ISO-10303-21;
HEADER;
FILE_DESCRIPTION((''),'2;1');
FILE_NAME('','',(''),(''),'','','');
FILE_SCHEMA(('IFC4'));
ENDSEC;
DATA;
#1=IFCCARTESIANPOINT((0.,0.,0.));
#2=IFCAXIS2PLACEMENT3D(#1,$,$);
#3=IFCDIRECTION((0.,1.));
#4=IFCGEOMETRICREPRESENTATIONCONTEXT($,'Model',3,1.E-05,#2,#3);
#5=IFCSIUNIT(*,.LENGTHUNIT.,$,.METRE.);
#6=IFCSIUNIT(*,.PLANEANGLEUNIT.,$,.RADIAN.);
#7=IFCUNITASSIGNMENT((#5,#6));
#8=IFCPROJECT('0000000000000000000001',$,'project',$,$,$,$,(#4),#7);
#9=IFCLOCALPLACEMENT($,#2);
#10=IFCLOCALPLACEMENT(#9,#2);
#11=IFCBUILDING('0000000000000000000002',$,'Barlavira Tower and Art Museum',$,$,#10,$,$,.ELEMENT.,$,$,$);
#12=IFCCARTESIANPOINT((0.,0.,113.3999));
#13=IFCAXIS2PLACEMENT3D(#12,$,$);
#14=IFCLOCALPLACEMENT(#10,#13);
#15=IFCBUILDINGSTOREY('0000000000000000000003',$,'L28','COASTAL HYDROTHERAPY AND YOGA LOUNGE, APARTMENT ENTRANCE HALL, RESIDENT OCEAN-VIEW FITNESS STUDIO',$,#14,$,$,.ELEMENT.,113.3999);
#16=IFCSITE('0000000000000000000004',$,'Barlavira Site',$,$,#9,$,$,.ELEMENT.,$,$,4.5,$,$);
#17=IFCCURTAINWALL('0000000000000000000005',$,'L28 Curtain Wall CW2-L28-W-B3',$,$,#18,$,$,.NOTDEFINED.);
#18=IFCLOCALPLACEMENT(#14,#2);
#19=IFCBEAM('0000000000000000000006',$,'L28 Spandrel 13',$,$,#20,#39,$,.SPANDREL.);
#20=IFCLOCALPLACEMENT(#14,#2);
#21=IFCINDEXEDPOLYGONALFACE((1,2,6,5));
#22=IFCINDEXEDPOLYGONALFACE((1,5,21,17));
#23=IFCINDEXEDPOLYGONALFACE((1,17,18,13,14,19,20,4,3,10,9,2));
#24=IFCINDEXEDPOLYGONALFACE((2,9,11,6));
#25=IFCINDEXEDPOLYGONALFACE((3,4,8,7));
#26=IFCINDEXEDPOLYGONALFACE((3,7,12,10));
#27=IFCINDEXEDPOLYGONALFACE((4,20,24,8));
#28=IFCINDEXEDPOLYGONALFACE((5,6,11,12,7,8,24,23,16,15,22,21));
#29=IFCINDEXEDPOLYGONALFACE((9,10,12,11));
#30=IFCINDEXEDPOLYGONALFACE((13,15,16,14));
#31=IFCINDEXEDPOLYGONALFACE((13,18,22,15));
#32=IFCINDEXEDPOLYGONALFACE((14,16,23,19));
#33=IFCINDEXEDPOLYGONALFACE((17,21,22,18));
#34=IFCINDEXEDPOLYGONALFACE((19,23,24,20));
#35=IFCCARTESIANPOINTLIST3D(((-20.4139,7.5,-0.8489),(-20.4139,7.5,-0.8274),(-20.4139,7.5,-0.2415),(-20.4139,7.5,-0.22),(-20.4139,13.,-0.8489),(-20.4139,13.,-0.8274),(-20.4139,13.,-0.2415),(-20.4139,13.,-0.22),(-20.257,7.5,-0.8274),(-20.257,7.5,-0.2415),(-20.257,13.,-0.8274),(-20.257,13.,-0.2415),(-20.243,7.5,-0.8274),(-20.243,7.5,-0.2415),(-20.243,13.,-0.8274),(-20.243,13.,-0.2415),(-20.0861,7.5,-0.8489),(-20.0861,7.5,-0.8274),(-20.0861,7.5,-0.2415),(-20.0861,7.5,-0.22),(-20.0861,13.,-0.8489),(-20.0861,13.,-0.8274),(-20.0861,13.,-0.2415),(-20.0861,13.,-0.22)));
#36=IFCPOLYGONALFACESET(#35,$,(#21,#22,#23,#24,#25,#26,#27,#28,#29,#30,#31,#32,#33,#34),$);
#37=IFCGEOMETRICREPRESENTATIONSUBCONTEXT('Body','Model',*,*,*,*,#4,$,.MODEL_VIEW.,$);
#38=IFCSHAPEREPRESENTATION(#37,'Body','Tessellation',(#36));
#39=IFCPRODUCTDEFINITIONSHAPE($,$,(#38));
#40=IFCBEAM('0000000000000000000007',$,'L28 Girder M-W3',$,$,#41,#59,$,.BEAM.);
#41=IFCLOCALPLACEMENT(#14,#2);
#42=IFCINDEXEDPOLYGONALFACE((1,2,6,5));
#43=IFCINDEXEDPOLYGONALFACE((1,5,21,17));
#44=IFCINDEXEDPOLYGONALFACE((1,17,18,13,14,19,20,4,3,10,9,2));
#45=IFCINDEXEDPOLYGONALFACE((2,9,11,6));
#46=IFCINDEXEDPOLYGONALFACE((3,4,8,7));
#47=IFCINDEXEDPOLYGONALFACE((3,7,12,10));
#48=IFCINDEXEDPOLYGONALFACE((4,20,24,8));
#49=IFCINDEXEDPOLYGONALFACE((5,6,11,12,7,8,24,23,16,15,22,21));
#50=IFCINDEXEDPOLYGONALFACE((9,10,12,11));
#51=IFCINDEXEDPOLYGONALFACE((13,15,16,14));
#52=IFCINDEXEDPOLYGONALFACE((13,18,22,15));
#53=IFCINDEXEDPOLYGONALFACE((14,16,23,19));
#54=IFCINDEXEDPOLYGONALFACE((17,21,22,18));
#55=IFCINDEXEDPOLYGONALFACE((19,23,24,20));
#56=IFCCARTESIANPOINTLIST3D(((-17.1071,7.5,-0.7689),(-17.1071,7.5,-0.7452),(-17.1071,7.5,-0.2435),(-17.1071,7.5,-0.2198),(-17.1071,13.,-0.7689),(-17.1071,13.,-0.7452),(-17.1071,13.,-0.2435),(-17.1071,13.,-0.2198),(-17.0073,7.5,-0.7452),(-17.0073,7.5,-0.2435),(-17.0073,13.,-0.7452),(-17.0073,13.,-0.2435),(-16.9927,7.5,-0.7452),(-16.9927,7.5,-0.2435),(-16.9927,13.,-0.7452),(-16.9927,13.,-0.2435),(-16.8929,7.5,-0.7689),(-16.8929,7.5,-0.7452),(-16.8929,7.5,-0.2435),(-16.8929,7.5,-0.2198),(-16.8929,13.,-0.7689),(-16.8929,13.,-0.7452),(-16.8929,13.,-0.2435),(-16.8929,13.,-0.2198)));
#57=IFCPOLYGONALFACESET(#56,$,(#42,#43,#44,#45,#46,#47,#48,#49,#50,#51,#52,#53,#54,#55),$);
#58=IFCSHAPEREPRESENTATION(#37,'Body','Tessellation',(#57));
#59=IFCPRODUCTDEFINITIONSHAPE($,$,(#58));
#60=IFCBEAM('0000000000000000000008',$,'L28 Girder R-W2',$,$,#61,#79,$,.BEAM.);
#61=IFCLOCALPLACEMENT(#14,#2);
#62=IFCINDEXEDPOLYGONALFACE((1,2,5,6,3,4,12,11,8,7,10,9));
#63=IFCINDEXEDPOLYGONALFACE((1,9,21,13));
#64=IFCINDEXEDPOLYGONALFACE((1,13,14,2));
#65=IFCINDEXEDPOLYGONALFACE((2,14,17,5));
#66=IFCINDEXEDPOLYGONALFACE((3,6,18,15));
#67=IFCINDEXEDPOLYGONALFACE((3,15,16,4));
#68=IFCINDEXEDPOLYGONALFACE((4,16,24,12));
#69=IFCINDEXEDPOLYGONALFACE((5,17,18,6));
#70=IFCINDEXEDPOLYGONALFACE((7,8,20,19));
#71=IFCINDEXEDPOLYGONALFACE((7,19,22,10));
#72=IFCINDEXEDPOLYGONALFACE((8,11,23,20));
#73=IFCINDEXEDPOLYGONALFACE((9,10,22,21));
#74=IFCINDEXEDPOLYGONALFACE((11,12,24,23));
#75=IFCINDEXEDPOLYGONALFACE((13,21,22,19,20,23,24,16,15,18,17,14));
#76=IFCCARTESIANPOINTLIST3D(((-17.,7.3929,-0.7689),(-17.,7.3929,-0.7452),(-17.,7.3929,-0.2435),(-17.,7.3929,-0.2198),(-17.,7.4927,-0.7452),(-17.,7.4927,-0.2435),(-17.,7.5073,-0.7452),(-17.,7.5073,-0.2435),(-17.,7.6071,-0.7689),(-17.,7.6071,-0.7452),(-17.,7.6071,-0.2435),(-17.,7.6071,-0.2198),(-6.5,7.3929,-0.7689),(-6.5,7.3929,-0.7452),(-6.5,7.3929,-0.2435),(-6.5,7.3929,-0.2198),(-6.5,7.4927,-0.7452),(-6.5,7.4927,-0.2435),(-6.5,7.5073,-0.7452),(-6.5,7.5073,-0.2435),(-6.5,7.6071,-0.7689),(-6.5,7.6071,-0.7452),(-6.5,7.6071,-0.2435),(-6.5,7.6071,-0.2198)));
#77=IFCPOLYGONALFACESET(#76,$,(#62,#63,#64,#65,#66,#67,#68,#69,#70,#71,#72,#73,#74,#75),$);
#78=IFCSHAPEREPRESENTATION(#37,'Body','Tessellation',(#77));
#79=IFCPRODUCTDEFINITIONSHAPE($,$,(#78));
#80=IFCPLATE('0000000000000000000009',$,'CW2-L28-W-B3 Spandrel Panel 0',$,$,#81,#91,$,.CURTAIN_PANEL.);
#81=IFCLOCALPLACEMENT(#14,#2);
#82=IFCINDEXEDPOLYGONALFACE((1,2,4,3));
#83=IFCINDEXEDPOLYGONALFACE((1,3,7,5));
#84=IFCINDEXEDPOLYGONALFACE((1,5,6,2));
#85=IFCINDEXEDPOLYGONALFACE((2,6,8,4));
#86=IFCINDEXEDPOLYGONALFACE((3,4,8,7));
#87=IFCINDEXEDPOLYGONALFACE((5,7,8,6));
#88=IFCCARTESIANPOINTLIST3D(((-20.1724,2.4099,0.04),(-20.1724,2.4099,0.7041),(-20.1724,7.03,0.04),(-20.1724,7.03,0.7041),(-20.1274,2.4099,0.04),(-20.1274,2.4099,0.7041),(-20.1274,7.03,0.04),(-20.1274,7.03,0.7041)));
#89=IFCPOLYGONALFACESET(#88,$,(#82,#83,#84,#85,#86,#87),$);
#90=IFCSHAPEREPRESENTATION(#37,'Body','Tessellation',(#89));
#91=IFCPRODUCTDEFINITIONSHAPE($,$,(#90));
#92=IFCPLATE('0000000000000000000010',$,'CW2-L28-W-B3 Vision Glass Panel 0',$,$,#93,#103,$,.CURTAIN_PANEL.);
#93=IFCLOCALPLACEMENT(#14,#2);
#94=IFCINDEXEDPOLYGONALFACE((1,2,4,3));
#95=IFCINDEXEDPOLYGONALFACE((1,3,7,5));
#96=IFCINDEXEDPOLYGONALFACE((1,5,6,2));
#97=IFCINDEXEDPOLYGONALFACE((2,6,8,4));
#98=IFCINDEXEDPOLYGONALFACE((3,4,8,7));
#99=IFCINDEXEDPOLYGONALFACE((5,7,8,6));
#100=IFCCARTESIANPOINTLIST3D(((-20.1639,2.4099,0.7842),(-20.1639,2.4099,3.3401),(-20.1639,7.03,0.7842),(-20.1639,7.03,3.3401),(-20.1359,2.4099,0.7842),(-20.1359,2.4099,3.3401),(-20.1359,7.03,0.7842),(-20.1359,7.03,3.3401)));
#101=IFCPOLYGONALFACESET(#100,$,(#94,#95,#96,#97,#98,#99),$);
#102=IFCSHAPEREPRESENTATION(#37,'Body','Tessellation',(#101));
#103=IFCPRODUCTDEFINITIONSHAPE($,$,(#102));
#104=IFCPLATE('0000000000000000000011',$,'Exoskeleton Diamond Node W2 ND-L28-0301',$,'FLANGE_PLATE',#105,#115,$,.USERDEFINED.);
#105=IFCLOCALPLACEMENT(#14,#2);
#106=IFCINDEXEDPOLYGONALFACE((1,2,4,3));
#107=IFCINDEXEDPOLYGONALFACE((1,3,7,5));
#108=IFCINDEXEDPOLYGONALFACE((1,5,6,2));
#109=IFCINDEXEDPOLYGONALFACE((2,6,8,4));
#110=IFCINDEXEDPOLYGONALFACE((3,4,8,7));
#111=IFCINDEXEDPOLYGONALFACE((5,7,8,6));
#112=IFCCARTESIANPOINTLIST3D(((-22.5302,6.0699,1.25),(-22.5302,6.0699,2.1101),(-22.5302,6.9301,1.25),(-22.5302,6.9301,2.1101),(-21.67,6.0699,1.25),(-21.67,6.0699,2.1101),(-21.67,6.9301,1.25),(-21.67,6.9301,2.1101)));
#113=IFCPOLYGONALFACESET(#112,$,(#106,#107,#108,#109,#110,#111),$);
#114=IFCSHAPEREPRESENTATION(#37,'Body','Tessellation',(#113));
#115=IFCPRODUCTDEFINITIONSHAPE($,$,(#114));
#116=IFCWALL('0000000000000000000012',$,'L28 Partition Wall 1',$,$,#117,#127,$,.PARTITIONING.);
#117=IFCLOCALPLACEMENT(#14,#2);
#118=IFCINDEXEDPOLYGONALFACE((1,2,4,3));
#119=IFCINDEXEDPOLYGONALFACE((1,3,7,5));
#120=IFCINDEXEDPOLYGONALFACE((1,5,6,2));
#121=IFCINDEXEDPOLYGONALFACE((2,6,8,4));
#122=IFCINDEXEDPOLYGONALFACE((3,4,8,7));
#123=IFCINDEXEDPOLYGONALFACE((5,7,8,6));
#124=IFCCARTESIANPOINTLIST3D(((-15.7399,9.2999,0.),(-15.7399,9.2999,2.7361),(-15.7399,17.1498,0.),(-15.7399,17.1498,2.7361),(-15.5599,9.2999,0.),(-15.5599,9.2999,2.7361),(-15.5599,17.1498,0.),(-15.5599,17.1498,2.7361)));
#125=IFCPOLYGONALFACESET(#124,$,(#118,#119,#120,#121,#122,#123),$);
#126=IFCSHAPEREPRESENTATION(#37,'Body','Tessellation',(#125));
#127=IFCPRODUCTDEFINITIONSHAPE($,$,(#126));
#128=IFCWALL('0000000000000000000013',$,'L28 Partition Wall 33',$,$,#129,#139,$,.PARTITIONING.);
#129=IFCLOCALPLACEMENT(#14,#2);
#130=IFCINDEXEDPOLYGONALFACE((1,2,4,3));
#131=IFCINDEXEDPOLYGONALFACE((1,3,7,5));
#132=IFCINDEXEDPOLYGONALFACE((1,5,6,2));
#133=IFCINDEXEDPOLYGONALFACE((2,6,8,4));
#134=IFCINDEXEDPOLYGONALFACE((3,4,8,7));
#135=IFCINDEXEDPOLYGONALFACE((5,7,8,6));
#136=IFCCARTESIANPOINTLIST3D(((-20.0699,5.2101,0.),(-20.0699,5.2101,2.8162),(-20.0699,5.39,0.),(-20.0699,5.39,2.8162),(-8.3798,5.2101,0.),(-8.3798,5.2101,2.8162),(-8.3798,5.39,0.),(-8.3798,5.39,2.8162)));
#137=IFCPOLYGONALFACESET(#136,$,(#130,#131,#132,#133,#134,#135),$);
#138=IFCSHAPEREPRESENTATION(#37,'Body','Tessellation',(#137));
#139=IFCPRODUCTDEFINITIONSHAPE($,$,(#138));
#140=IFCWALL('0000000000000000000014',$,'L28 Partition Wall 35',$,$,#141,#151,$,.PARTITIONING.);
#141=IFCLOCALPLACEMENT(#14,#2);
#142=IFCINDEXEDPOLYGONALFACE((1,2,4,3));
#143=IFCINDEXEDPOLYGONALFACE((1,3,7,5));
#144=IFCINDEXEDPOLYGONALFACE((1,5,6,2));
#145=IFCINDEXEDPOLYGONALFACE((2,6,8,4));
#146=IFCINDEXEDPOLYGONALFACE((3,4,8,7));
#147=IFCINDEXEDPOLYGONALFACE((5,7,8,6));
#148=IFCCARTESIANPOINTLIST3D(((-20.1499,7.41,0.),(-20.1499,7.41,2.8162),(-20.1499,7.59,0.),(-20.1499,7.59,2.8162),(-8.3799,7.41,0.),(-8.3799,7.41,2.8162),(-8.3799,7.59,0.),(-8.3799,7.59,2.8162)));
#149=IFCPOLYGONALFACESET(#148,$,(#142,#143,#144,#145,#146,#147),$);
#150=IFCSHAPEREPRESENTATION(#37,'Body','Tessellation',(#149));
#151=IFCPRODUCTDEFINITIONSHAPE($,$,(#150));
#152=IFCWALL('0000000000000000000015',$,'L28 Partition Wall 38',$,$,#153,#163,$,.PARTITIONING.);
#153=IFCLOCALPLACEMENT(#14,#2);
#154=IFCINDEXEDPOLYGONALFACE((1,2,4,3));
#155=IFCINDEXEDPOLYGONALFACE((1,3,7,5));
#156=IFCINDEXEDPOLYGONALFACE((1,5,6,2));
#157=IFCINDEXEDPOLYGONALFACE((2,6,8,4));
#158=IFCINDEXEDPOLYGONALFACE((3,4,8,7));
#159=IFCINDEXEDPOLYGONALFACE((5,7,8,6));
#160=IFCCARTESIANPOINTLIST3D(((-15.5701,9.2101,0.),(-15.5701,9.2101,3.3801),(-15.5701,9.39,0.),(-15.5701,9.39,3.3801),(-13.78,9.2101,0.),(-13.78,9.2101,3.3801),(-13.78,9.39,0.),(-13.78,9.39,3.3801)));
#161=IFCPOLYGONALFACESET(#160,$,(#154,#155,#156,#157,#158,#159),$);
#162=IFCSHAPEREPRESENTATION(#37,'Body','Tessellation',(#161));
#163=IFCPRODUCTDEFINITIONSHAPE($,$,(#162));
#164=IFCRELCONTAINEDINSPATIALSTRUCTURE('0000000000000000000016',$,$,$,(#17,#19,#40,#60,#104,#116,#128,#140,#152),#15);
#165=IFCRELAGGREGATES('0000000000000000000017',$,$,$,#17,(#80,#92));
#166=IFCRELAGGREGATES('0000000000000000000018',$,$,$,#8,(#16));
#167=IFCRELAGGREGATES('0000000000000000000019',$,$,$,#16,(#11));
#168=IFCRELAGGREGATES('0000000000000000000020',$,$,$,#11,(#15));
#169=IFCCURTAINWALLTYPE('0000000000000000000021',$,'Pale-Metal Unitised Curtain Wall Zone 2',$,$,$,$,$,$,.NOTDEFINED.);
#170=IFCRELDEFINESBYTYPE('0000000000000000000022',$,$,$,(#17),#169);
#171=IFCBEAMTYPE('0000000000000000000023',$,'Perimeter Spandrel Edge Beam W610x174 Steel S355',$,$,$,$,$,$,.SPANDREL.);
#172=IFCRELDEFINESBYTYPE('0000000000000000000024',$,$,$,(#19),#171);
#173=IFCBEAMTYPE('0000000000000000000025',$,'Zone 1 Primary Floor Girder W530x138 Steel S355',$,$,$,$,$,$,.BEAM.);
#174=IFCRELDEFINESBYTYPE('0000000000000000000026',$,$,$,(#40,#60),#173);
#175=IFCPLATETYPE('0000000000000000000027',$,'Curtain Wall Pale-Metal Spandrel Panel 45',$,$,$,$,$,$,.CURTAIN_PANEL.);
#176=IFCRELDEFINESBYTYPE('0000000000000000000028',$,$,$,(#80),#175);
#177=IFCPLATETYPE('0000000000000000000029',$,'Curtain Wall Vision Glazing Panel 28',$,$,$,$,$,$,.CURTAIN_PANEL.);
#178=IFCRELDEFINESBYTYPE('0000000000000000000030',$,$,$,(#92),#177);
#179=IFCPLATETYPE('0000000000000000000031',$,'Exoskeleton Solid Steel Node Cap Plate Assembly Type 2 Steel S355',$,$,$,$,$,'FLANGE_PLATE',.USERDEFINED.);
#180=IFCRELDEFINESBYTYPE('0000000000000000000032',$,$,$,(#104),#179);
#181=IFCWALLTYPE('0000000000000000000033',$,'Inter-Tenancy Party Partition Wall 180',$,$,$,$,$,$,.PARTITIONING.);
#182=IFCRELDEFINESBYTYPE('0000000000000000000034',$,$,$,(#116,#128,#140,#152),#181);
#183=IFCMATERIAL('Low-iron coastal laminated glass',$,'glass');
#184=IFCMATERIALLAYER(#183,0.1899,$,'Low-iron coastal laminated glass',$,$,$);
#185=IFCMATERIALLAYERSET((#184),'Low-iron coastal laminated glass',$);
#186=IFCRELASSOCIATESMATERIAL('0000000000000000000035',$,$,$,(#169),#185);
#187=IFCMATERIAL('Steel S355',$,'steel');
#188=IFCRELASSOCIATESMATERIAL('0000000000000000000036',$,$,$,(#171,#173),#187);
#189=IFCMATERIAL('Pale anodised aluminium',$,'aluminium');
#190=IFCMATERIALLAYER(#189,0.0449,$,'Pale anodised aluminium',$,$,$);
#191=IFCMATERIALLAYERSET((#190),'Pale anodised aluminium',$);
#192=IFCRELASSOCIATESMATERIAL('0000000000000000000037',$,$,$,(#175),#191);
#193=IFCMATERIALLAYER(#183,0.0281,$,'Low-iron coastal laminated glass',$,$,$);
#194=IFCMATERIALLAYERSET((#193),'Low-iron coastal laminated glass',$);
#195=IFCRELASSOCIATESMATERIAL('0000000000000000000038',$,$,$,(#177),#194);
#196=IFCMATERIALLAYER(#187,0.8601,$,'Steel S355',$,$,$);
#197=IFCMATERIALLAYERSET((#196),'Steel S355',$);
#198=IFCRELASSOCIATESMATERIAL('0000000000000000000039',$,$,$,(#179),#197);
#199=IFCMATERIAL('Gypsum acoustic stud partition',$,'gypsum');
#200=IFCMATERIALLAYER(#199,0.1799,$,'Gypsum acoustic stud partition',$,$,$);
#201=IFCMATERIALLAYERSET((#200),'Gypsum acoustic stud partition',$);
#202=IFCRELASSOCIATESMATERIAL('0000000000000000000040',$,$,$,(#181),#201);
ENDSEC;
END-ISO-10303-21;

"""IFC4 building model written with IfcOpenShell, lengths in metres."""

from ifc_helpers import new_model, si_unit, direction, frame, frame_2d, origin, origin_2d, place, context, subcontext, project, spatial, rectangle, i_section, extrude, material, layer, layer_set, material_profile, profile_set, type_object, element, aggregate, save


model = new_model("IFC4")

# Units and contexts
model_context = context("Model", 3, precision=1e-05, world=origin(), true_north=direction((0.0, 1.0)))
body_context = subcontext(model_context, "Body", "Model", "MODEL_VIEW")
ifc_project = project(units=[si_unit("LENGTHUNIT", "METRE"), si_unit("PLANEANGLEUNIT", "RADIAN")], contexts=[model_context])

# Site, building, storey
site_placement = place(None, origin())
site = spatial("IfcSite", under=ifc_project, at=site_placement, Name="Barlavira Site", CompositionType="ELEMENT", RefElevation=4.5)
building_placement = place(site_placement, origin())
building = spatial("IfcBuilding", under=site, at=building_placement, Name="Barlavira Tower and Art Museum", CompositionType="ELEMENT")
storey_placement = place(building_placement, frame((0.0, 0.0, 113.3999)))
storey = spatial("IfcBuildingStorey", under=building, at=storey_placement, Name="L28", Description="COASTAL HYDROTHERAPY AND YOGA LOUNGE, APARTMENT ENTRANCE HALL, RESIDENT OCEAN-VIEW FITNESS STUDIO", CompositionType="ELEMENT", Elevation=113.3999)

# Curtain wall
ifc_material_1 = material(Name="Low-iron coastal laminated glass", Category="glass")
ifc_layer_1 = layer(ifc_material_1, 0.1899, Name="Low-iron coastal laminated glass")
ifc_layer_set_1 = layer_set([ifc_layer_1], Name="Low-iron coastal laminated glass")
curtain_wall_type = type_object("IfcCurtainWallType", Name="Pale-Metal Unitised Curtain Wall Zone 2", PredefinedType="NOTDEFINED", material=ifc_layer_set_1)
curtain_wall_placement = place(storey_placement, origin())
curtain_wall = element("IfcCurtainWall", 1, at=curtain_wall_placement, inside=storey, type_object=curtain_wall_type, Name="L28 Curtain Wall CW2-L28-W-B3", PredefinedType="NOTDEFINED")
ifc_material_2 = material(Name="Pale anodised aluminium", Category="aluminium")

# Beams
ifc_material_3 = material(Name="Steel S355", Category="steel")
ifc_material_profile_1 = material_profile(ifc_material_3, i_section(OverallWidth=0.3279, OverallDepth=0.6289, WebThickness=0.0139, FlangeThickness=0.0215, at=origin_2d()), Name="W610x174.0")
ifc_profile_set_1 = profile_set([ifc_material_profile_1], Name="Steel S355")
beam_type_1 = type_object("IfcBeamType", Name="Perimeter Spandrel Edge Beam W610x174 Steel S355", PredefinedType="SPANDREL", material=ifc_profile_set_1)
beam_1_placement = place(storey_placement, frame((-20.25, 7.5, -0.5344), z_axis=(0.0, 1.0, 0.0), x_axis=(-1.0, 0.0, 0.0)))
element("IfcBeam", 2, at=beam_1_placement, inside=storey, type_object=beam_type_1, Name="L28 Spandrel 13", PredefinedType="SPANDREL", context=body_context, shape_type="SweptSolid", body=[
    extrude(i_section(OverallWidth=0.3279, OverallDepth=0.6289, WebThickness=0.0139, FlangeThickness=0.0215, at=origin_2d()), origin(), (0.0, 0.0, 1.0), 5.5),
])
ifc_material_profile_2 = material_profile(ifc_material_3, i_section(OverallWidth=0.2141, OverallDepth=0.5491, WebThickness=0.0146, FlangeThickness=0.0237, at=origin_2d()), Name="W530x138.0")
ifc_profile_set_2 = profile_set([ifc_material_profile_2], Name="Steel S355")
beam_type_2 = type_object("IfcBeamType", Name="Zone 1 Primary Floor Girder W530x138 Steel S355", PredefinedType="BEAM", material=ifc_profile_set_2)
beam_2_placement = place(storey_placement, frame((-17.0, 7.5, -0.4944), z_axis=(0.0, 1.0, 0.0), x_axis=(-1.0, 0.0, 0.0)))
element("IfcBeam", 3, at=beam_2_placement, inside=storey, type_object=beam_type_2, Name="L28 Girder M-W3", PredefinedType="BEAM", context=body_context, shape_type="SweptSolid", body=[
    extrude(i_section(OverallWidth=0.2141, OverallDepth=0.5491, WebThickness=0.0146, FlangeThickness=0.0237, at=origin_2d()), origin(), (0.0, 0.0, 1.0), 5.5),
])
beam_3_placement = place(storey_placement, frame((-17.0, 7.5, -0.4944), z_axis=(1.0, 0.0, 0.0), x_axis=(0.0, 1.0, 0.0)))
element("IfcBeam", 4, at=beam_3_placement, inside=storey, type_object=beam_type_2, Name="L28 Girder R-W2", PredefinedType="BEAM", context=body_context, shape_type="SweptSolid", body=[
    extrude(i_section(OverallWidth=0.2141, OverallDepth=0.5491, WebThickness=0.0146, FlangeThickness=0.0237, at=origin_2d()), origin(), (0.0, 0.0, 1.0), 10.5),
])

# Plates
ifc_layer_2 = layer(ifc_material_2, 0.0449, Name="Pale anodised aluminium")
ifc_layer_set_2 = layer_set([ifc_layer_2], Name="Pale anodised aluminium")
plate_type_1 = type_object("IfcPlateType", Name="Curtain Wall Pale-Metal Spandrel Panel 45", PredefinedType="CURTAIN_PANEL", material=ifc_layer_set_2)
plate_1_placement = place(storey_placement, frame((-20.1499, 4.72, 0.04), z_axis=(0.0, 0.0, 1.0), x_axis=(0.0, -1.0, 0.0)))
plate_1 = element("IfcPlate", 5, at=plate_1_placement, type_object=plate_type_1, Name="CW2-L28-W-B3 Spandrel Panel 0", PredefinedType="CURTAIN_PANEL", context=body_context, shape_type="SweptSolid", body=[
    extrude(rectangle(XDim=4.6201, YDim=0.0449, at=origin_2d()), origin(), (0.0, 0.0, 1.0), 0.6641),
])
ifc_layer_3 = layer(ifc_material_1, 0.0281, Name="Low-iron coastal laminated glass")
ifc_layer_set_3 = layer_set([ifc_layer_3], Name="Low-iron coastal laminated glass")
plate_type_2 = type_object("IfcPlateType", Name="Curtain Wall Vision Glazing Panel 28", PredefinedType="CURTAIN_PANEL", material=ifc_layer_set_3)
plate_2_placement = place(storey_placement, frame((-20.1499, 4.72, 0.7842), z_axis=(0.0, 0.0, 1.0), x_axis=(0.0, -1.0, 0.0)))
plate_2 = element("IfcPlate", 6, at=plate_2_placement, type_object=plate_type_2, Name="CW2-L28-W-B3 Vision Glass Panel 0", PredefinedType="CURTAIN_PANEL", context=body_context, shape_type="SweptSolid", body=[
    extrude(rectangle(XDim=4.6201, YDim=0.0281, at=origin_2d()), origin(), (0.0, 0.0, 1.0), 2.5559),
])
aggregate(curtain_wall, [plate_1, plate_2])
ifc_layer_4 = layer(ifc_material_3, 0.8601, Name="Steel S355")
ifc_layer_set_4 = layer_set([ifc_layer_4], Name="Steel S355")
plate_type_3 = type_object("IfcPlateType", Name="Exoskeleton Solid Steel Node Cap Plate Assembly Type 2 Steel S355", ElementType="FLANGE_PLATE", PredefinedType="USERDEFINED", material=ifc_layer_set_4)
plate_3_placement = place(storey_placement, frame((-22.1001, 6.5, 1.25), z_axis=(0.0, 0.0, 1.0), x_axis=(1.0, 0.0, 0.0)))
element("IfcPlate", 7, at=plate_3_placement, inside=storey, type_object=plate_type_3, Name="Exoskeleton Diamond Node W2 ND-L28-0301", ObjectType="FLANGE_PLATE", PredefinedType="USERDEFINED", context=body_context, shape_type="SweptSolid", body=[
    extrude(rectangle(XDim=0.8601, YDim=0.8601, at=origin_2d()), origin(), (0.0, 0.0, 1.0), 0.8601),
])

# Walls
ifc_material_4 = material(Name="Gypsum acoustic stud partition", Category="gypsum")
ifc_layer_5 = layer(ifc_material_4, 0.1799, Name="Gypsum acoustic stud partition")
ifc_layer_set_5 = layer_set([ifc_layer_5], Name="Gypsum acoustic stud partition")
wall_type = type_object("IfcWallType", Name="Inter-Tenancy Party Partition Wall 180", PredefinedType="PARTITIONING", material=ifc_layer_set_5)
wall_1_placement = place(storey_placement, frame((-15.6499, 9.3, 0.0), z_axis=(0.0, 0.0, 1.0), x_axis=(0.0, 1.0, 0.0)))
element("IfcWall", 8, at=wall_1_placement, inside=storey, type_object=wall_type, Name="L28 Partition Wall 1", PredefinedType="PARTITIONING", context=body_context, shape_type="SweptSolid", body=[
    extrude(rectangle(XDim=7.8499, YDim=0.1799, at=frame_2d((3.9248, 0.0))), origin(), (0.0, 0.0, 1.0), 2.7361),
])
wall_2_placement = place(storey_placement, frame((-20.0701, 5.3, 0.0), z_axis=(0.0, 0.0, 1.0), x_axis=(1.0, 0.0, 0.0)))
element("IfcWall", 9, at=wall_2_placement, inside=storey, type_object=wall_type, Name="L28 Partition Wall 33", PredefinedType="PARTITIONING", context=body_context, shape_type="SweptSolid", body=[
    extrude(rectangle(XDim=11.6902, YDim=0.1799, at=frame_2d((5.8452, 0.0))), origin(), (0.0, 0.0, 1.0), 2.8162),
])
wall_3_placement = place(storey_placement, frame((-20.1499, 7.5, 0.0), z_axis=(0.0, 0.0, 1.0), x_axis=(1.0, 0.0, 0.0)))
element("IfcWall", 10, at=wall_3_placement, inside=storey, type_object=wall_type, Name="L28 Partition Wall 35", PredefinedType="PARTITIONING", context=body_context, shape_type="SweptSolid", body=[
    extrude(rectangle(XDim=11.77, YDim=0.1799, at=frame_2d((5.885, 0.0))), origin(), (0.0, 0.0, 1.0), 2.8162),
])
wall_4_placement = place(storey_placement, frame((-15.5701, 9.3, 0.0), z_axis=(0.0, 0.0, 1.0), x_axis=(1.0, 0.0, 0.0)))
element("IfcWall", 11, at=wall_4_placement, inside=storey, type_object=wall_type, Name="L28 Partition Wall 38", PredefinedType="PARTITIONING", context=body_context, shape_type="SweptSolid", body=[
    extrude(rectangle(XDim=1.79, YDim=0.1799, at=frame_2d((0.895, 0.0))), origin(), (0.0, 0.0, 1.0), 3.3801),
])

save(model, "model.ifc")
